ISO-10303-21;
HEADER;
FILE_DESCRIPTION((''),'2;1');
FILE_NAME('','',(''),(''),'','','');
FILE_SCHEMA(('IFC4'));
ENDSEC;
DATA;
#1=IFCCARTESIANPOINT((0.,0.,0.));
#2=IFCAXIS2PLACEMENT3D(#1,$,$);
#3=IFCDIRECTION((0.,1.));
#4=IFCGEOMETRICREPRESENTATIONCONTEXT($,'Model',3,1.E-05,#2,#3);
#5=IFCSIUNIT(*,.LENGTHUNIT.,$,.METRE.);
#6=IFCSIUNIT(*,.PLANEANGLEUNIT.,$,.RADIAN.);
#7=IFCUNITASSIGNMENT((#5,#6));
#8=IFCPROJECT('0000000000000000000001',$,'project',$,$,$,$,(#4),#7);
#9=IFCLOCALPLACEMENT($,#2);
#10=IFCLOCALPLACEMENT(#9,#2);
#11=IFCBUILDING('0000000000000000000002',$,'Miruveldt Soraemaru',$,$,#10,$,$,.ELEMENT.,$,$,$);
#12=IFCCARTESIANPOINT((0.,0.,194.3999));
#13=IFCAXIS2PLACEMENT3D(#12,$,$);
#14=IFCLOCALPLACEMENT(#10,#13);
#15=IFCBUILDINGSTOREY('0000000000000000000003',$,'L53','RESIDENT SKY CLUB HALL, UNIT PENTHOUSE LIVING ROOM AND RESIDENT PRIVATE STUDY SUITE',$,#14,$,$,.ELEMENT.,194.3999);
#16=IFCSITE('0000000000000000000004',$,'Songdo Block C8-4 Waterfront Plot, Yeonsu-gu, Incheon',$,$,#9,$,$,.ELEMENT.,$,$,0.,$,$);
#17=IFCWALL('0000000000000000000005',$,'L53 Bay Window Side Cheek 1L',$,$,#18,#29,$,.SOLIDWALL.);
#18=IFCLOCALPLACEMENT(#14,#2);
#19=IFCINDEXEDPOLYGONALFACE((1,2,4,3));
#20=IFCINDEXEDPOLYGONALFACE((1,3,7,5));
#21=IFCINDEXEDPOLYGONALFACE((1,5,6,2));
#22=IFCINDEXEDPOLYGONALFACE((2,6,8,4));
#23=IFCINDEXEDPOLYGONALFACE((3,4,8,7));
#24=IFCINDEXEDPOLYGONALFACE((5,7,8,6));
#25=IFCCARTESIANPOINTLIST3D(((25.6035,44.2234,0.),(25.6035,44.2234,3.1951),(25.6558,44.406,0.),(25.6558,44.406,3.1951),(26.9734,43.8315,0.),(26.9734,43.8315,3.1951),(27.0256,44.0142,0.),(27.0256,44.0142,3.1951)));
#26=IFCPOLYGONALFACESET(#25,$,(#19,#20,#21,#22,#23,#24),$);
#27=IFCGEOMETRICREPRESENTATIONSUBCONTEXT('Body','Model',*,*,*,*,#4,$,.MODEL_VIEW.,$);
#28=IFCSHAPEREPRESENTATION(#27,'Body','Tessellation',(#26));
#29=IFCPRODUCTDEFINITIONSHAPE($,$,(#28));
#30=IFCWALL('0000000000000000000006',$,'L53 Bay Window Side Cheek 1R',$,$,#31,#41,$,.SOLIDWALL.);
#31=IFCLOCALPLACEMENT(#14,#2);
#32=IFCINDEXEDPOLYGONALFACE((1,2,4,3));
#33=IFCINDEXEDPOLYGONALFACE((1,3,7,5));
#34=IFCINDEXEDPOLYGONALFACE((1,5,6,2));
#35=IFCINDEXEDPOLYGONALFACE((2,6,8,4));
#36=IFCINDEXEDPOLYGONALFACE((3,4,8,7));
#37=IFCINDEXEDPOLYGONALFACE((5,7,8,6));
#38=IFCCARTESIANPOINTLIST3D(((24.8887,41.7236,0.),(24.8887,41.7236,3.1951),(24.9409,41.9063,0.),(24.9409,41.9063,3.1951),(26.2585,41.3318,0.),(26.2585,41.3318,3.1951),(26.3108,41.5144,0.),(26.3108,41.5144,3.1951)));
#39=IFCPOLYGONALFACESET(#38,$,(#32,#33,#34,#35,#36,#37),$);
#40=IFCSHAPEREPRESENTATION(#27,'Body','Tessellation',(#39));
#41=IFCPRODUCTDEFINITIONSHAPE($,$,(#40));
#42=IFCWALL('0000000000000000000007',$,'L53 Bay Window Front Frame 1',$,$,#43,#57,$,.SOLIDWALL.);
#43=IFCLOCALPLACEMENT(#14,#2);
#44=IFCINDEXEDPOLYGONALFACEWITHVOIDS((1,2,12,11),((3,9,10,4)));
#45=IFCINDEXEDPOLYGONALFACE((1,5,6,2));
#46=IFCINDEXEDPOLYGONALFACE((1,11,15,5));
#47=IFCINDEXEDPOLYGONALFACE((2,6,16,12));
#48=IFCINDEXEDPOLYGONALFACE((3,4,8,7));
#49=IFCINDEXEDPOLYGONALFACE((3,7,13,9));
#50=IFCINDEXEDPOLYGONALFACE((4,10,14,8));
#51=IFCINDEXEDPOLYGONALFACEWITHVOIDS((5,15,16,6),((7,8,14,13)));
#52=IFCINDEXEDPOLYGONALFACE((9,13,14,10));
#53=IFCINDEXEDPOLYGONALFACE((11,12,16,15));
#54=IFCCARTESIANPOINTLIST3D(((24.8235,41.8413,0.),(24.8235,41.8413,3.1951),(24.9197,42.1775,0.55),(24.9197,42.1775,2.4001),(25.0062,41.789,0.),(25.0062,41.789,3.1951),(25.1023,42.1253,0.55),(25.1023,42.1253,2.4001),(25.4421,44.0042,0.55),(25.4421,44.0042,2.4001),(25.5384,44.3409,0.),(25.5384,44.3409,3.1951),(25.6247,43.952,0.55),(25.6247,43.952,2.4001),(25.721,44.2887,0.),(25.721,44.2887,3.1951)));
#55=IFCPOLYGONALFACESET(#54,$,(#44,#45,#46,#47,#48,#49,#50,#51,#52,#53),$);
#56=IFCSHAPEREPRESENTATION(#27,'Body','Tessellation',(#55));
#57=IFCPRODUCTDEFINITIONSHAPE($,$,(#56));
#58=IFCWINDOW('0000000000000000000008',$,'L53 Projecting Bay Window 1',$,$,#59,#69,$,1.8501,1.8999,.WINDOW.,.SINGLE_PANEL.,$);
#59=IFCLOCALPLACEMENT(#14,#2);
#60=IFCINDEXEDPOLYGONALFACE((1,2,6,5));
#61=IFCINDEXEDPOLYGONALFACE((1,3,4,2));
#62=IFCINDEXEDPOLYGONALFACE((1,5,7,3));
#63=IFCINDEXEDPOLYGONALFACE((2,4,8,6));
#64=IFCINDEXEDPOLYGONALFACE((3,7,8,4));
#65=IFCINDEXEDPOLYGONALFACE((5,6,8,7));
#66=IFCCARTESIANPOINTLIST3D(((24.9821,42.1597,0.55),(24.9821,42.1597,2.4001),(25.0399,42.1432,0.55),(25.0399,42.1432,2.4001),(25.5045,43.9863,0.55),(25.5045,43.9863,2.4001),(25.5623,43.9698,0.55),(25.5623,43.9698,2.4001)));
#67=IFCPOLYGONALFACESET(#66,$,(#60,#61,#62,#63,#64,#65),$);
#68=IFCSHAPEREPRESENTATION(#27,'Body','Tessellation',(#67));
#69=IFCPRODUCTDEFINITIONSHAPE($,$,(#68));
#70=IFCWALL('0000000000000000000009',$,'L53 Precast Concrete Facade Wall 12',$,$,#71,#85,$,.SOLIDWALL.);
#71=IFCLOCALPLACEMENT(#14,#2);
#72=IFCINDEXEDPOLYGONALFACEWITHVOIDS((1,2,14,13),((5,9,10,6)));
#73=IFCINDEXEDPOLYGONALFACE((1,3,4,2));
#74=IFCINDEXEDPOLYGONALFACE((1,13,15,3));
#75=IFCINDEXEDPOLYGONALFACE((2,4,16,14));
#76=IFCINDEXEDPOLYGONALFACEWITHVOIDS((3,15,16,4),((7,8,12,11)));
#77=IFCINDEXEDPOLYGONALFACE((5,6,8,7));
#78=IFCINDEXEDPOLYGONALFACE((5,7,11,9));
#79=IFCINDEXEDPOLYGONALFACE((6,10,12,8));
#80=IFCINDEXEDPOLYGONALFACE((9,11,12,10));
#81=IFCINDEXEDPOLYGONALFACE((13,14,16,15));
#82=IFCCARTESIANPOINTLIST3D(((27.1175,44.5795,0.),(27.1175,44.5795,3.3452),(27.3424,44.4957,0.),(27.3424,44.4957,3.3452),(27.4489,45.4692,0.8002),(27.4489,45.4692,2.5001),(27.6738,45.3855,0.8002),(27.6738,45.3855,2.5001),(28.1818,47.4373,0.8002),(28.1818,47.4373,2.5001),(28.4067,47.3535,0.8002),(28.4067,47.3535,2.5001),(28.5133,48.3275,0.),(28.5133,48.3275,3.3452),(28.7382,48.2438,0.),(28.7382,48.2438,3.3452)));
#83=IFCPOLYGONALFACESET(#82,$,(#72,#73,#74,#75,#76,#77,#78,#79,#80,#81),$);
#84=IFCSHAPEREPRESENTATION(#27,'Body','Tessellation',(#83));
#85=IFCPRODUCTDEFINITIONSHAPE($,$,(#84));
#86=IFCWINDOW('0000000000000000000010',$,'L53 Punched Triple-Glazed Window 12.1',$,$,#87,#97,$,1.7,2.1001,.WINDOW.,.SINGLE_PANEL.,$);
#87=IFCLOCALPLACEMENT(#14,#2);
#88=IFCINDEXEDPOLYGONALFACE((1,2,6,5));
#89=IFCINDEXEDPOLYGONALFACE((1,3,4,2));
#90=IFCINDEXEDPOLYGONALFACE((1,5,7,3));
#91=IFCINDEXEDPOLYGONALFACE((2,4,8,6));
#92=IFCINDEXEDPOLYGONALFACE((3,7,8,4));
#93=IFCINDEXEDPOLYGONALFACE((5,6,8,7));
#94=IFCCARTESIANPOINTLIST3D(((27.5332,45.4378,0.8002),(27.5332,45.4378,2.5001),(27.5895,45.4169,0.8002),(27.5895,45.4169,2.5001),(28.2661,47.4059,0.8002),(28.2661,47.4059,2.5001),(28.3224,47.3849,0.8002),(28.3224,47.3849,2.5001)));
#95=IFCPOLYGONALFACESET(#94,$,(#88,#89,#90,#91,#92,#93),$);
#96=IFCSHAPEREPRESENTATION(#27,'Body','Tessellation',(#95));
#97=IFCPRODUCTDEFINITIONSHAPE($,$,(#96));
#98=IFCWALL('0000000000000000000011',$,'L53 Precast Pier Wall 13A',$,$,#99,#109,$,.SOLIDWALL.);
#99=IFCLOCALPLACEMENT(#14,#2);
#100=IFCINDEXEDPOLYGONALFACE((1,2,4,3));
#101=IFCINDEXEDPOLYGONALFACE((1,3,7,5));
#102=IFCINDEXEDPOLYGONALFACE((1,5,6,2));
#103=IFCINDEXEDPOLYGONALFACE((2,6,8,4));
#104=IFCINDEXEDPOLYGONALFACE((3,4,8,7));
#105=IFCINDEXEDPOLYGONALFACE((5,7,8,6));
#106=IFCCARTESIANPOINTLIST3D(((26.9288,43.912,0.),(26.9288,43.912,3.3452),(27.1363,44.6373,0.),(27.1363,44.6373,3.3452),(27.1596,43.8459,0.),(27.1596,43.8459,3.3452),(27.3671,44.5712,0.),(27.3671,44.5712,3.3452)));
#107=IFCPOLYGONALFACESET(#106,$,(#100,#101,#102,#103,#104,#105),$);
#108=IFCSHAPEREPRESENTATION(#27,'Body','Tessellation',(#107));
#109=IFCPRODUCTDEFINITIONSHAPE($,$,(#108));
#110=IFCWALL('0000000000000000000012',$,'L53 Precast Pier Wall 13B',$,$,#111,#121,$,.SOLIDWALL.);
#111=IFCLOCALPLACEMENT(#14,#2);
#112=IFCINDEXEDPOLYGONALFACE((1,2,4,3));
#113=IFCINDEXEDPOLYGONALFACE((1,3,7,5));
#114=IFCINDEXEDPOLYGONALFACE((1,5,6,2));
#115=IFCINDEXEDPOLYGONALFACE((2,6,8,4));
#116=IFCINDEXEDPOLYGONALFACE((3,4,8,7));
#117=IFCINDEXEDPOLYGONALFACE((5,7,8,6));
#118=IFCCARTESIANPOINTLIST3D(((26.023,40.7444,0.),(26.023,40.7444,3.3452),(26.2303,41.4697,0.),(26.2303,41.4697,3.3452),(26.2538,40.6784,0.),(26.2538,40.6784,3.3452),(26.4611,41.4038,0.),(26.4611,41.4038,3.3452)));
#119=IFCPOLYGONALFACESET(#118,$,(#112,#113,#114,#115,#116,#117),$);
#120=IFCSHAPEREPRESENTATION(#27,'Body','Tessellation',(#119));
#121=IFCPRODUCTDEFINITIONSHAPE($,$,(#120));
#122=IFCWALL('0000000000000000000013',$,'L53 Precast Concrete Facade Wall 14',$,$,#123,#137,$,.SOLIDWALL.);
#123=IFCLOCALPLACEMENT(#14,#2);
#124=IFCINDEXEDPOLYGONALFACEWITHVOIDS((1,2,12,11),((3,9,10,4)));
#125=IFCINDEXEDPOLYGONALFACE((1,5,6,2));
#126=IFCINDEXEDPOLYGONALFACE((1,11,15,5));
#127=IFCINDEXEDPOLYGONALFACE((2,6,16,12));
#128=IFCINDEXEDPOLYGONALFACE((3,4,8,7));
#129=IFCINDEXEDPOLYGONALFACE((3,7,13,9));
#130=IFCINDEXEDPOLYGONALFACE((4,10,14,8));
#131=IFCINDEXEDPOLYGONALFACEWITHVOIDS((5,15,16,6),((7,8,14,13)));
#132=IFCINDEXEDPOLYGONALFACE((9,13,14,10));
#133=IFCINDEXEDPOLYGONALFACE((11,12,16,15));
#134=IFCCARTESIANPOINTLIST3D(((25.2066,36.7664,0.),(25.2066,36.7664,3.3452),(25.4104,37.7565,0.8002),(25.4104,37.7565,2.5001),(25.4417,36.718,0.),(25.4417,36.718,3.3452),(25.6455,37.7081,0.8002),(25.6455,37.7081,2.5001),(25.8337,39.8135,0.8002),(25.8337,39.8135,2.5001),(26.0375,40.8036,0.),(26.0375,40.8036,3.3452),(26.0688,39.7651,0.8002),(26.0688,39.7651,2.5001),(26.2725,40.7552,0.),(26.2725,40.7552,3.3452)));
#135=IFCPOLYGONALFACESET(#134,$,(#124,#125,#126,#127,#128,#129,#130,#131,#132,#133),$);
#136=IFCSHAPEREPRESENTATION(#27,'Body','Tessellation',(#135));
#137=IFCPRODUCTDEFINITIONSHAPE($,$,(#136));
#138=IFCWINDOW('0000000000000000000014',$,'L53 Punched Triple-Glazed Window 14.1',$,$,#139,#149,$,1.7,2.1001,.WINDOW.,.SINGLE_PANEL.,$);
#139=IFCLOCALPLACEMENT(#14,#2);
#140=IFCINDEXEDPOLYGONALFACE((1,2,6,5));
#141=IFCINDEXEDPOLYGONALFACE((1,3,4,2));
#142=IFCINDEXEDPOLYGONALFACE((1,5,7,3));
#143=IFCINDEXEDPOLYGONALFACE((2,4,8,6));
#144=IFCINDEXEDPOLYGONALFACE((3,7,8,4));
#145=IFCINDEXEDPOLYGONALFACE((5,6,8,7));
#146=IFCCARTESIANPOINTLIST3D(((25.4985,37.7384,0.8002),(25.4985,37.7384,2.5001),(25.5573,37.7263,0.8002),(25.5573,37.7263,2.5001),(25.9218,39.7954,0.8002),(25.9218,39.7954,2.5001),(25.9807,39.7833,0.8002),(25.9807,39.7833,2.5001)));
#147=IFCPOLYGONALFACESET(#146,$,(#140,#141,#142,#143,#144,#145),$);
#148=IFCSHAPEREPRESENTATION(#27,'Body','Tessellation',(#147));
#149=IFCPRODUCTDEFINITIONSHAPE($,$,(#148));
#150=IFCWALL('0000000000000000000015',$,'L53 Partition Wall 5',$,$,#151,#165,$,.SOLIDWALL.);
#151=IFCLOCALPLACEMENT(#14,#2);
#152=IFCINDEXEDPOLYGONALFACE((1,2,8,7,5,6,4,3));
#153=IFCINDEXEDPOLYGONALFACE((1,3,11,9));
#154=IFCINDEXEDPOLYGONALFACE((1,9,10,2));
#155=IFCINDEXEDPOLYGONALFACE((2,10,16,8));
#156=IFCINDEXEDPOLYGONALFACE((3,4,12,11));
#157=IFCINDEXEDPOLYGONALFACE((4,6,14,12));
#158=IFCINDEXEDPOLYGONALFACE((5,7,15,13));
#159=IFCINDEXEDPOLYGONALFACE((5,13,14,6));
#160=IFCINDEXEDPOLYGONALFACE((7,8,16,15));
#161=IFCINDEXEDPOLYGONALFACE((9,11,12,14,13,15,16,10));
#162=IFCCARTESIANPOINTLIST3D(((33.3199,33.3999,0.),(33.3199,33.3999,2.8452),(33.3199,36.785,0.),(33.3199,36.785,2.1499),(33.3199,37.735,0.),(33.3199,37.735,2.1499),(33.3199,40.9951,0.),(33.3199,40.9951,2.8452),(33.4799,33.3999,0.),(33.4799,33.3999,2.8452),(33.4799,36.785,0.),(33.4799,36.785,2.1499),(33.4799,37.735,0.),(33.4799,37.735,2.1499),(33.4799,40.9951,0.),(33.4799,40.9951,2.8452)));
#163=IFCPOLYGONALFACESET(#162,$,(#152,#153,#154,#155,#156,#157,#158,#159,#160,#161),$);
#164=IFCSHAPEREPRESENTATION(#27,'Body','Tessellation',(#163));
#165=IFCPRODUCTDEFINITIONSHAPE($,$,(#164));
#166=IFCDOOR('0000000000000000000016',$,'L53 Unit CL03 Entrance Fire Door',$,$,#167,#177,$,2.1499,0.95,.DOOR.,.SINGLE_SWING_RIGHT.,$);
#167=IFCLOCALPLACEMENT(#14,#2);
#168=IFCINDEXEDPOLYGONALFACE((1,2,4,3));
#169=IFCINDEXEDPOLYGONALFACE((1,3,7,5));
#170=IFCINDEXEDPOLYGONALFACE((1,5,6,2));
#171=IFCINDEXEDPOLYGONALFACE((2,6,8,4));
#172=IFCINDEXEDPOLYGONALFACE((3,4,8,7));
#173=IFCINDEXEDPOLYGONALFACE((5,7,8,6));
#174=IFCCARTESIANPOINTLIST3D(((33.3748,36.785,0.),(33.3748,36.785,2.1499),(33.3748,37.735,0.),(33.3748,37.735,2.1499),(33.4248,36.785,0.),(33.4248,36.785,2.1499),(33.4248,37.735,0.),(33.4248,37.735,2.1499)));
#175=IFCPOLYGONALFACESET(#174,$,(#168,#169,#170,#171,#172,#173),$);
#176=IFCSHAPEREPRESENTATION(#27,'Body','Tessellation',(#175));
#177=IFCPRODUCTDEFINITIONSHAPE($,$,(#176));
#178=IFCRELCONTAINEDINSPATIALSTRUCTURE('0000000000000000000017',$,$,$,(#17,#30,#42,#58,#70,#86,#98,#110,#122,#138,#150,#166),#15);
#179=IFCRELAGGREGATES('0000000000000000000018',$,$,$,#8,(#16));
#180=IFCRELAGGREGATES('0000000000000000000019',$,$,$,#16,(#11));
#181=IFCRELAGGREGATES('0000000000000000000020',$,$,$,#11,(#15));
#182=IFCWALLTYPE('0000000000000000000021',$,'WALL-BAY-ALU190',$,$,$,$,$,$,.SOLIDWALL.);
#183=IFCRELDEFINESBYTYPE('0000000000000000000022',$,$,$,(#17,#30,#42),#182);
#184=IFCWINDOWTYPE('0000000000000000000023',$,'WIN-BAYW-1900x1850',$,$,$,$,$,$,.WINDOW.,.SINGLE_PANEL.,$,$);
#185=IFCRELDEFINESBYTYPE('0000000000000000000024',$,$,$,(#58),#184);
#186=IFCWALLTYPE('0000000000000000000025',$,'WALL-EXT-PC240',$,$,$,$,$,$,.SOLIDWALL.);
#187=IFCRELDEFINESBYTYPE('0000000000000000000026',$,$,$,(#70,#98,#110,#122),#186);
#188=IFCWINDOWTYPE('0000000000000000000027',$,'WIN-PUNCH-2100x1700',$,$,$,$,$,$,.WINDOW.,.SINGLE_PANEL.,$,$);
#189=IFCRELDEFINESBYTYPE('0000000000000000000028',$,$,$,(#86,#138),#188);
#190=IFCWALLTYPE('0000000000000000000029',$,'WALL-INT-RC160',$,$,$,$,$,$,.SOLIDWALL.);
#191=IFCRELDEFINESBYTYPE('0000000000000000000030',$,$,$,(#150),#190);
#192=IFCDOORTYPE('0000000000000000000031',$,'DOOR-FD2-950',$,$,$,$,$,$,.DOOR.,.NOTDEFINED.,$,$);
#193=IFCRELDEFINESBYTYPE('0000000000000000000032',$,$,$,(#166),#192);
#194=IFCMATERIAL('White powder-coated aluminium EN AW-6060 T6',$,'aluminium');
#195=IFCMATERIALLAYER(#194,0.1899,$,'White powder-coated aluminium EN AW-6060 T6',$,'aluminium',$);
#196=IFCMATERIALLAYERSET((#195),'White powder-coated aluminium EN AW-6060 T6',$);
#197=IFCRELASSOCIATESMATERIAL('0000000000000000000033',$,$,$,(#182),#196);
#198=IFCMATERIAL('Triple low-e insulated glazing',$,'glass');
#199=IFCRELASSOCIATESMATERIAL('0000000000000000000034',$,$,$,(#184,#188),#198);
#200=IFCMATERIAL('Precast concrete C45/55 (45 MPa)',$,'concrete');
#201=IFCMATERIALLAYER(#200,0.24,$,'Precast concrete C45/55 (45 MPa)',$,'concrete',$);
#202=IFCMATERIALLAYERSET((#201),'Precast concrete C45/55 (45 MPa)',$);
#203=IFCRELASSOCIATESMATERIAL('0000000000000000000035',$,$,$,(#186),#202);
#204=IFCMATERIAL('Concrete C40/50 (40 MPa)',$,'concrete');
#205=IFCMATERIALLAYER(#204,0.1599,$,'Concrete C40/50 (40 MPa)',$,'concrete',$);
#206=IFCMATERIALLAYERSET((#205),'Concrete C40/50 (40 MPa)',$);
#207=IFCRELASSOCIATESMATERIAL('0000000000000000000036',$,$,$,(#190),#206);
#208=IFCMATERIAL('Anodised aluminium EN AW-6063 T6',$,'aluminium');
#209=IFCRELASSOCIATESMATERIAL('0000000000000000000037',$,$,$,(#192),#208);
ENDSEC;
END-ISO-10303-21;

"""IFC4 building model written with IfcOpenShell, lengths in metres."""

from ifc_helpers import new_model, si_unit, direction, frame, frame_2d, origin, place, context, subcontext, project, spatial, rectangle, extrude, material, layer, layer_set, type_object, element, fill, save


model = new_model("IFC4")

# Units and contexts
model_context = context("Model", 3, precision=1e-05, world=origin(), true_north=direction((0.0, 1.0)))
body_context = subcontext(model_context, "Body", "Model", "MODEL_VIEW")
ifc_project = project(units=[si_unit("LENGTHUNIT", "METRE"), si_unit("PLANEANGLEUNIT", "RADIAN")], contexts=[model_context])

# Site, building, storey
site_placement = place(None, origin())
site = spatial("IfcSite", under=ifc_project, at=site_placement, Name="Songdo Block C8-4 Waterfront Plot, Yeonsu-gu, Incheon", CompositionType="ELEMENT", RefElevation=0.0)
building_placement = place(site_placement, origin())
building = spatial("IfcBuilding", under=site, at=building_placement, Name="Miruveldt Soraemaru", CompositionType="ELEMENT")
storey_placement = place(building_placement, frame((0.0, 0.0, 194.3999)))
storey = spatial("IfcBuildingStorey", under=building, at=storey_placement, Name="L53", Description="RESIDENT SKY CLUB HALL, UNIT PENTHOUSE LIVING ROOM AND RESIDENT PRIVATE STUDY SUITE", CompositionType="ELEMENT", Elevation=194.3999)

# Walls
ifc_material_1 = material(Name="White powder-coated aluminium EN AW-6060 T6", Category="aluminium")
ifc_layer_1 = layer(ifc_material_1, 0.1899, Name="White powder-coated aluminium EN AW-6060 T6", Category="aluminium")
ifc_layer_set_1 = layer_set([ifc_layer_1], Name="White powder-coated aluminium EN AW-6060 T6")
wall_type_1 = type_object("IfcWallType", Name="WALL-BAY-ALU190", PredefinedType="SOLIDWALL", material=ifc_layer_set_1)
for number, where, z_axis, x_axis, name in (
    (1, (26.9995, 43.9229, 0.0), (0.0, 0.0, 1.0), (-0.96144, 0.275015, 0.0), "L53 Bay Window Side Cheek 1L"),
    (2, (24.9148, 41.8149, 0.0), (0.0, 0.0, 1.0), (0.96144, -0.275015, 0.0), "L53 Bay Window Side Cheek 1R"),
):
    element("IfcWall", number, at=place(storey_placement, frame(where, z_axis=z_axis, x_axis=x_axis)), inside=storey, type_object=wall_type_1, Name=name, PredefinedType="SOLIDWALL", context=body_context, shape_type="SweptSolid", body=[
        extrude(rectangle(XDim=1.4248, YDim=0.1899, at=frame_2d((0.7124, 0.0))), origin(), (0.0, 0.0, 1.0), 3.1951),
    ])

# Walls, openings, windows
wall_1_placement = place(storey_placement, frame((25.6296, 44.3147, 0.0), z_axis=(0.0, 0.0, 1.0), x_axis=(-0.274944, -0.96146, 0.0)))
wall_1 = element("IfcWall", 3, at=wall_1_placement, inside=storey, type_object=wall_type_1, Name="L53 Bay Window Front Frame 1", PredefinedType="SOLIDWALL", context=body_context, shape_type="SweptSolid", body=[
    extrude(rectangle(XDim=2.5999, YDim=0.1899, at=frame_2d((1.2998, 0.0))), origin(), (0.0, 0.0, 1.0), 3.1951),
])
opening_1_placement = place(wall_1_placement, frame((0.3501, 0.0, 0.55)))
opening_1 = element("IfcOpeningElement", 4, at=opening_1_placement, cuts=wall_1, PredefinedType="OPENING", context=body_context, shape_type="SweptSolid", body=[
    extrude(rectangle(XDim=1.8999, YDim=1.8501, at=frame_2d((0.95, 0.925))), frame((0.0, 0.105, 0.0), z_axis=(0.0, -1.0, 0.0), x_axis=(1.0, 0.0, 0.0)), (0.0, 0.0, 1.0), 0.21),
])
ifc_material_2 = material(Name="Triple low-e insulated glazing", Category="glass")
window_type_1 = type_object("IfcWindowType", Name="WIN-BAYW-1900x1850", PartitioningType="SINGLE_PANEL", PredefinedType="WINDOW", material=ifc_material_2)
window_1_placement = place(opening_1_placement, origin())
window_1 = element("IfcWindow", 5, at=window_1_placement, inside=storey, type_object=window_type_1, Name="L53 Projecting Bay Window 1", OverallHeight=1.8501, OverallWidth=1.8999, PartitioningType="SINGLE_PANEL", PredefinedType="WINDOW", context=body_context, shape_type="SweptSolid", body=[
    extrude(rectangle(XDim=1.8999, YDim=1.8501, at=frame_2d((0.95, 0.925))), frame((0.0, 0.03, 0.0), z_axis=(0.0, -1.0, 0.0), x_axis=(1.0, 0.0, 0.0)), (0.0, 0.0, 1.0), 0.0601),
])
fill(opening_1, window_1)
ifc_material_3 = material(Name="Precast concrete C45/55 (45 MPa)", Category="concrete")
ifc_layer_2 = layer(ifc_material_3, 0.24, Name="Precast concrete C45/55 (45 MPa)", Category="concrete")
ifc_layer_set_2 = layer_set([ifc_layer_2], Name="Precast concrete C45/55 (45 MPa)")
wall_type_2 = type_object("IfcWallType", Name="WALL-EXT-PC240", PredefinedType="SOLIDWALL", material=ifc_layer_set_2)
wall_2_placement = place(storey_placement, frame((28.6257, 48.2856, 0.0), z_axis=(0.0, 0.0, 1.0), x_axis=(-0.348982, -0.937129, 0.0)))
wall_2 = element("IfcWall", 6, at=wall_2_placement, inside=storey, type_object=wall_type_2, Name="L53 Precast Concrete Facade Wall 12", PredefinedType="SOLIDWALL", context=body_context, shape_type="SweptSolid", body=[
    extrude(rectangle(XDim=3.9995, YDim=0.24, at=frame_2d((1.9998, 0.0))), origin(), (0.0, 0.0, 1.0), 3.3452),
])
opening_2_placement = place(wall_2_placement, frame((0.95, 0.0, 0.8)))
opening_2 = element("IfcOpeningElement", 7, at=opening_2_placement, cuts=wall_2, PredefinedType="OPENING", context=body_context, shape_type="SweptSolid", body=[
    extrude(rectangle(XDim=2.1001, YDim=1.7, at=frame_2d((1.05, 0.8501))), frame((0.0, 0.1299, 0.0), z_axis=(0.0, -1.0, 0.0), x_axis=(1.0, 0.0, 0.0)), (0.0, 0.0, 1.0), 0.26),
])
window_type_2 = type_object("IfcWindowType", Name="WIN-PUNCH-2100x1700", PartitioningType="SINGLE_PANEL", PredefinedType="WINDOW", material=ifc_material_2)
window_2_placement = place(opening_2_placement, origin())
window_2 = element("IfcWindow", 8, at=window_2_placement, inside=storey, type_object=window_type_2, Name="L53 Punched Triple-Glazed Window 12.1", OverallHeight=1.7, OverallWidth=2.1001, PartitioningType="SINGLE_PANEL", PredefinedType="WINDOW", context=body_context, shape_type="SweptSolid", body=[
    extrude(rectangle(XDim=2.1001, YDim=1.7, at=frame_2d((1.05, 0.8501))), frame((0.0, 0.03, 0.0), z_axis=(0.0, -1.0, 0.0), x_axis=(1.0, 0.0, 0.0)), (0.0, 0.0, 1.0), 0.0601),
])
fill(opening_2, window_2)

# Walls
for number, where, z_axis, x_axis, name in (
    (9, (27.2517, 44.6042, 0.0), (0.0, 0.0, 1.0), (-0.275063, -0.961426, 0.0), "L53 Precast Pier Wall 13A"),
    (10, (26.3457, 41.4368, 0.0), (0.0, 0.0, 1.0), (-0.274764, -0.961512, 0.0), "L53 Precast Pier Wall 13B"),
):
    element("IfcWall", number, at=place(storey_placement, frame(where, z_axis=z_axis, x_axis=x_axis)), inside=storey, type_object=wall_type_2, Name=name, PredefinedType="SOLIDWALL", context=body_context, shape_type="SweptSolid", body=[
        extrude(rectangle(XDim=0.7544, YDim=0.24, at=frame_2d((0.3772, 0.0))), origin(), (0.0, 0.0, 1.0), 3.3452),
    ])

# Wall, opening, window
wall_3_placement = place(storey_placement, frame((26.155, 40.7795, 0.0), z_axis=(0.0, 0.0, 1.0), x_axis=(-0.201569, -0.979474, 0.0)))
wall_3 = element("IfcWall", 11, at=wall_3_placement, inside=storey, type_object=wall_type_2, Name="L53 Precast Concrete Facade Wall 14", PredefinedType="SOLIDWALL", context=body_context, shape_type="SweptSolid", body=[
    extrude(rectangle(XDim=4.1218, YDim=0.24, at=frame_2d((2.061, 0.0))), origin(), (0.0, 0.0, 1.0), 3.3452),
])
opening_3_placement = place(wall_3_placement, frame((1.011, 0.0, 0.8)))
opening_3 = element("IfcOpeningElement", 12, at=opening_3_placement, cuts=wall_3, PredefinedType="OPENING", context=body_context, shape_type="SweptSolid", body=[
    extrude(rectangle(XDim=2.1001, YDim=1.7, at=frame_2d((1.05, 0.8501))), frame((0.0, 0.1299, 0.0), z_axis=(0.0, -1.0, 0.0), x_axis=(1.0, 0.0, 0.0)), (0.0, 0.0, 1.0), 0.26),
])
window_3_placement = place(opening_3_placement, origin())
window_3 = element("IfcWindow", 13, at=window_3_placement, inside=storey, type_object=window_type_2, Name="L53 Punched Triple-Glazed Window 14.1", OverallHeight=1.7, OverallWidth=2.1001, PartitioningType="SINGLE_PANEL", PredefinedType="WINDOW", context=body_context, shape_type="SweptSolid", body=[
    extrude(rectangle(XDim=2.1001, YDim=1.7, at=frame_2d((1.05, 0.8501))), frame((0.0, 0.03, 0.0), z_axis=(0.0, -1.0, 0.0), x_axis=(1.0, 0.0, 0.0)), (0.0, 0.0, 1.0), 0.0601),
])
fill(opening_3, window_3)

# Wall, opening, door
ifc_material_4 = material(Name="Concrete C40/50 (40 MPa)", Category="concrete")
ifc_layer_3 = layer(ifc_material_4, 0.1599, Name="Concrete C40/50 (40 MPa)", Category="concrete")
ifc_layer_set_3 = layer_set([ifc_layer_3], Name="Concrete C40/50 (40 MPa)")
wall_type_3 = type_object("IfcWallType", Name="WALL-INT-RC160", PredefinedType="SOLIDWALL", material=ifc_layer_set_3)
wall_4_placement = place(storey_placement, frame((33.3999, 40.9951, 0.0), z_axis=(0.0, 0.0, 1.0), x_axis=(0.0, -1.0, 0.0)))
wall_4 = element("IfcWall", 14, at=wall_4_placement, inside=storey, type_object=wall_type_3, Name="L53 Partition Wall 5", PredefinedType="SOLIDWALL", context=body_context, shape_type="SweptSolid", body=[
    extrude(rectangle(XDim=7.5952, YDim=0.1599, at=frame_2d((3.7976, 0.0))), origin(), (0.0, 0.0, 1.0), 2.8452),
])
opening_4_placement = place(wall_4_placement, frame((3.26, 0.0, 0.0)))
opening_4 = element("IfcOpeningElement", 15, at=opening_4_placement, cuts=wall_4, PredefinedType="OPENING", context=body_context, shape_type="SweptSolid", body=[
    extrude(rectangle(XDim=0.95, YDim=2.1499, at=frame_2d((0.4751, 1.075))), frame((0.0, 0.0898, 0.0), z_axis=(0.0, -1.0, 0.0), x_axis=(1.0, 0.0, 0.0)), (0.0, 0.0, 1.0), 0.1799),
])
ifc_material_5 = material(Name="Anodised aluminium EN AW-6063 T6", Category="aluminium")
door_type_1 = type_object("IfcDoorType", Name="DOOR-FD2-950", OperationType="NOTDEFINED", PredefinedType="DOOR", material=ifc_material_5)
door_1_placement = place(opening_4_placement, origin())
door_1 = element("IfcDoor", 16, at=door_1_placement, inside=storey, type_object=door_type_1, Name="L53 Unit CL03 Entrance Fire Door", OperationType="SINGLE_SWING_RIGHT", OverallHeight=2.1499, OverallWidth=0.95, PredefinedType="DOOR", context=body_context, shape_type="SweptSolid", body=[
    extrude(rectangle(XDim=0.95, YDim=2.1499, at=frame_2d((0.4751, 1.075))), frame((0.0, 0.0249, 0.0), z_axis=(0.0, -1.0, 0.0), x_axis=(1.0, 0.0, 0.0)), (0.0, 0.0, 1.0), 0.05),
])
fill(opening_4, door_1)

save(model, "model.ifc")
